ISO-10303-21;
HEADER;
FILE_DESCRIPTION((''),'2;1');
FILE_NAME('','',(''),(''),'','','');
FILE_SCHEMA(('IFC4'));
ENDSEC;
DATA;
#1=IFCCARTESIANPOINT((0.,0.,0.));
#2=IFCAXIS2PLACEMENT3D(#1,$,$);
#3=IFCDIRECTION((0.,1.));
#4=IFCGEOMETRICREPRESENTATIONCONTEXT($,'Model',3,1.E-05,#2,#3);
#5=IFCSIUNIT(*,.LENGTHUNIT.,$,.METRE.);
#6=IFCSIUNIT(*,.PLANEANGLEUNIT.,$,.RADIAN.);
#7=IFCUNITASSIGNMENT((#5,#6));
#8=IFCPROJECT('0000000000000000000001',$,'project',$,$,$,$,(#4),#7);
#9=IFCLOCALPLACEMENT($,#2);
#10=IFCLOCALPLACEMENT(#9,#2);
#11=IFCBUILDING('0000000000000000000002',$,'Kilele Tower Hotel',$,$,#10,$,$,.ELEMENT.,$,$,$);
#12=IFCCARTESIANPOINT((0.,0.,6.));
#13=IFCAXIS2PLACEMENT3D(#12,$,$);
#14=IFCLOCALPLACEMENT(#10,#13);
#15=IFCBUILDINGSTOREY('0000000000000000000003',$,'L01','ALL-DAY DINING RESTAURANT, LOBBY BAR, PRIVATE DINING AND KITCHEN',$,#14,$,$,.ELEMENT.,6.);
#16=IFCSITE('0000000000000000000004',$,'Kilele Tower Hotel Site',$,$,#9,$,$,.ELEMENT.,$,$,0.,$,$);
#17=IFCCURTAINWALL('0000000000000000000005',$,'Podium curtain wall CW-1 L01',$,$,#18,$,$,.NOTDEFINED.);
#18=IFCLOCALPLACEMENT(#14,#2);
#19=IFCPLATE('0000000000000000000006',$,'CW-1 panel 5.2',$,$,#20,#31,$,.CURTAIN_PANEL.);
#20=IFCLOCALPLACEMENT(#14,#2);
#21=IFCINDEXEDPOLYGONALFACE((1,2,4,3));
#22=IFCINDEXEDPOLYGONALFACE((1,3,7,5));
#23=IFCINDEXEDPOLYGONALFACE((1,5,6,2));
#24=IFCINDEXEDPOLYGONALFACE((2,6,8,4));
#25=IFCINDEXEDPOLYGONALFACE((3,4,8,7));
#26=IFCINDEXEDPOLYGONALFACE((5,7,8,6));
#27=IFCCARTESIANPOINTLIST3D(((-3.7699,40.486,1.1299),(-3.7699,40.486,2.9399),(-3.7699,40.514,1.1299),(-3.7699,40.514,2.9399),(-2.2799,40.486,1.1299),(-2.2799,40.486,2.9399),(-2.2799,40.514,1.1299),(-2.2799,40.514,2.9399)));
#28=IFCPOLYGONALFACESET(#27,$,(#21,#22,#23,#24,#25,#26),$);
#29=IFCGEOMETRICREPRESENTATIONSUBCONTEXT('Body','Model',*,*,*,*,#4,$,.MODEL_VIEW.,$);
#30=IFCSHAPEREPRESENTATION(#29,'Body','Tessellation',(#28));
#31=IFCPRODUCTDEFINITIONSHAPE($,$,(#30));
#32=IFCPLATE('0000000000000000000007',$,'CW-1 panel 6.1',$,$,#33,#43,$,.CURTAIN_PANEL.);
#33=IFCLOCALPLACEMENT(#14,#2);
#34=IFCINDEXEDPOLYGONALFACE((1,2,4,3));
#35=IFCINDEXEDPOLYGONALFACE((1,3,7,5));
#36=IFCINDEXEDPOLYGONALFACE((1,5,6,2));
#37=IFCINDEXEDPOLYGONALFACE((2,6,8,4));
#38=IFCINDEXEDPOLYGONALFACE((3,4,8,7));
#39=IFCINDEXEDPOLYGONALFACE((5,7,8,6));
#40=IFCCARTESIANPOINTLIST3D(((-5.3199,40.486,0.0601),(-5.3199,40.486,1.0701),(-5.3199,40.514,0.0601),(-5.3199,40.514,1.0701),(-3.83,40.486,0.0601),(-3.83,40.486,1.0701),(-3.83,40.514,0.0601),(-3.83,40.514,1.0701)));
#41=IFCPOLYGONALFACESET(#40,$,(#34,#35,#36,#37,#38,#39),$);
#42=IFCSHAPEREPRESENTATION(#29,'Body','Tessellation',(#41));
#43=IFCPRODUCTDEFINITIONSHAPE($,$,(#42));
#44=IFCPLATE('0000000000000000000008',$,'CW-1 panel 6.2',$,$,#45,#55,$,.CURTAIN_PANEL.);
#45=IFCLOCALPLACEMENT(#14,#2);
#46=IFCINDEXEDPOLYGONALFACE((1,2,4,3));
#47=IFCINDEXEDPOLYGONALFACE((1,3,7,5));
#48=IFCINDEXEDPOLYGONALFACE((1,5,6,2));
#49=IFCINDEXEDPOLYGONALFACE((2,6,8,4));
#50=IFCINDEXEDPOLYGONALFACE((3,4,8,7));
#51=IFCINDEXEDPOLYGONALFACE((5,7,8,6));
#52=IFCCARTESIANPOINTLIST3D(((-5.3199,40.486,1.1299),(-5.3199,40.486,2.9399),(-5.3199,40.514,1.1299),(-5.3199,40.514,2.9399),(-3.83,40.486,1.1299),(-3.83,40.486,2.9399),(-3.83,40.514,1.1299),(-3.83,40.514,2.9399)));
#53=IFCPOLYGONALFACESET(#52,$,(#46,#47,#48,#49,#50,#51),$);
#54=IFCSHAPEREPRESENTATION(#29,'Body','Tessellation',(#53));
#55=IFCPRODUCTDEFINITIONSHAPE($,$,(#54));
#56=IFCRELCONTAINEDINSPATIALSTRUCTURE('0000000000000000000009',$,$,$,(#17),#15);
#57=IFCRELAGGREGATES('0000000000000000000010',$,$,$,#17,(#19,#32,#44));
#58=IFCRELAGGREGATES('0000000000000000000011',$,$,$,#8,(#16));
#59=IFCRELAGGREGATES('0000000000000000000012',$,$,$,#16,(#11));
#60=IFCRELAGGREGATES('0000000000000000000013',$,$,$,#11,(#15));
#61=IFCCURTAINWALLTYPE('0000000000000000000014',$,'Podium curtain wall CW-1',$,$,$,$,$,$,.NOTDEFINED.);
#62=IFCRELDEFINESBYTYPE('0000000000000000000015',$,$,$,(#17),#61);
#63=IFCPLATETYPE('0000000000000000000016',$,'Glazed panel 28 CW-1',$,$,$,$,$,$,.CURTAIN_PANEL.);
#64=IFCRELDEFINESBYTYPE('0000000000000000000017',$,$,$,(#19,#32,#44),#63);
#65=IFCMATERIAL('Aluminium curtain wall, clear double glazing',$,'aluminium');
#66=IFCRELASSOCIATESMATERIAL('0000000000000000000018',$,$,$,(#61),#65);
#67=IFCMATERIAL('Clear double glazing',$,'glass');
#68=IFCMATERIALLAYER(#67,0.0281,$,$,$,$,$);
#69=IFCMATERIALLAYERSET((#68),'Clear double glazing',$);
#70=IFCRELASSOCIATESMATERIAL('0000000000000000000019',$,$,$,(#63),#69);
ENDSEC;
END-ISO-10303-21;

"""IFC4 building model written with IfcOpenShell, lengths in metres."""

from ifc_helpers import new_model, si_unit, direction, frame, origin, origin_2d, place, context, subcontext, project, spatial, rectangle, extrude, material, layer, layer_set, type_object, element, aggregate, save


model = new_model("IFC4")

# Units and contexts
model_context = context("Model", 3, precision=1e-05, world=origin(), true_north=direction((0.0, 1.0)))
body_context = subcontext(model_context, "Body", "Model", "MODEL_VIEW")
ifc_project = project(units=[si_unit("LENGTHUNIT", "METRE"), si_unit("PLANEANGLEUNIT", "RADIAN")], contexts=[model_context])

# Site, building, storey
site_placement = place(None, origin())
site = spatial("IfcSite", under=ifc_project, at=site_placement, Name="Kilele Tower Hotel Site", CompositionType="ELEMENT", RefElevation=0.0)
building_placement = place(site_placement, origin())
building = spatial("IfcBuilding", under=site, at=building_placement, Name="Kilele Tower Hotel", CompositionType="ELEMENT")
storey_placement = place(building_placement, frame((0.0, 0.0, 6.0)))
storey = spatial("IfcBuildingStorey", under=building, at=storey_placement, Name="L01", Description="ALL-DAY DINING RESTAURANT, LOBBY BAR, PRIVATE DINING AND KITCHEN", CompositionType="ELEMENT", Elevation=6.0)

# Curtain wall, plates
ifc_material_1 = material(Name="Aluminium curtain wall, clear double glazing", Category="aluminium")
curtain_wall_type = type_object("IfcCurtainWallType", Name="Podium curtain wall CW-1", PredefinedType="NOTDEFINED", material=ifc_material_1)
curtain_wall_placement = place(storey_placement, origin())
curtain_wall = element("IfcCurtainWall", 1, at=curtain_wall_placement, inside=storey, type_object=curtain_wall_type, Name="Podium curtain wall CW-1 L01", PredefinedType="NOTDEFINED")
ifc_material_2 = material(Name="Clear double glazing", Category="glass")
ifc_layer = layer(ifc_material_2, 0.0281)
ifc_layer_set = layer_set([ifc_layer], Name="Clear double glazing")
plate_type = type_object("IfcPlateType", Name="Glazed panel 28 CW-1", PredefinedType="CURTAIN_PANEL", material=ifc_layer_set)
plate_1_placement = place(storey_placement, frame((-3.0249, 40.5, 1.1299), z_axis=(0.0, 0.0, 1.0), x_axis=(-1.0, 0.0, 0.0)))
plate_1 = element("IfcPlate", 2, at=plate_1_placement, type_object=plate_type, Name="CW-1 panel 5.2", PredefinedType="CURTAIN_PANEL", context=body_context, shape_type="SweptSolid", body=[
    extrude(rectangle(XDim=1.49, YDim=0.0281, at=origin_2d()), origin(), (0.0, 0.0, 1.0), 1.8101),
])
plate_2_placement = place(storey_placement, frame((-4.575, 40.5, 0.0601), z_axis=(0.0, 0.0, 1.0), x_axis=(-1.0, 0.0, 0.0)))
plate_2 = element("IfcPlate", 3, at=plate_2_placement, type_object=plate_type, Name="CW-1 panel 6.1", PredefinedType="CURTAIN_PANEL", context=body_context, shape_type="SweptSolid", body=[
    extrude(rectangle(XDim=1.49, YDim=0.0281, at=origin_2d()), origin(), (0.0, 0.0, 1.0), 1.01),
])
plate_3_placement = place(storey_placement, frame((-4.575, 40.5, 1.1299), z_axis=(0.0, 0.0, 1.0), x_axis=(-1.0, 0.0, 0.0)))
plate_3 = element("IfcPlate", 4, at=plate_3_placement, type_object=plate_type, Name="CW-1 panel 6.2", PredefinedType="CURTAIN_PANEL", context=body_context, shape_type="SweptSolid", body=[
    extrude(rectangle(XDim=1.49, YDim=0.0281, at=origin_2d()), origin(), (0.0, 0.0, 1.0), 1.8101),
])
aggregate(curtain_wall, [plate_1, plate_2, plate_3])

save(model, "model.ifc")
